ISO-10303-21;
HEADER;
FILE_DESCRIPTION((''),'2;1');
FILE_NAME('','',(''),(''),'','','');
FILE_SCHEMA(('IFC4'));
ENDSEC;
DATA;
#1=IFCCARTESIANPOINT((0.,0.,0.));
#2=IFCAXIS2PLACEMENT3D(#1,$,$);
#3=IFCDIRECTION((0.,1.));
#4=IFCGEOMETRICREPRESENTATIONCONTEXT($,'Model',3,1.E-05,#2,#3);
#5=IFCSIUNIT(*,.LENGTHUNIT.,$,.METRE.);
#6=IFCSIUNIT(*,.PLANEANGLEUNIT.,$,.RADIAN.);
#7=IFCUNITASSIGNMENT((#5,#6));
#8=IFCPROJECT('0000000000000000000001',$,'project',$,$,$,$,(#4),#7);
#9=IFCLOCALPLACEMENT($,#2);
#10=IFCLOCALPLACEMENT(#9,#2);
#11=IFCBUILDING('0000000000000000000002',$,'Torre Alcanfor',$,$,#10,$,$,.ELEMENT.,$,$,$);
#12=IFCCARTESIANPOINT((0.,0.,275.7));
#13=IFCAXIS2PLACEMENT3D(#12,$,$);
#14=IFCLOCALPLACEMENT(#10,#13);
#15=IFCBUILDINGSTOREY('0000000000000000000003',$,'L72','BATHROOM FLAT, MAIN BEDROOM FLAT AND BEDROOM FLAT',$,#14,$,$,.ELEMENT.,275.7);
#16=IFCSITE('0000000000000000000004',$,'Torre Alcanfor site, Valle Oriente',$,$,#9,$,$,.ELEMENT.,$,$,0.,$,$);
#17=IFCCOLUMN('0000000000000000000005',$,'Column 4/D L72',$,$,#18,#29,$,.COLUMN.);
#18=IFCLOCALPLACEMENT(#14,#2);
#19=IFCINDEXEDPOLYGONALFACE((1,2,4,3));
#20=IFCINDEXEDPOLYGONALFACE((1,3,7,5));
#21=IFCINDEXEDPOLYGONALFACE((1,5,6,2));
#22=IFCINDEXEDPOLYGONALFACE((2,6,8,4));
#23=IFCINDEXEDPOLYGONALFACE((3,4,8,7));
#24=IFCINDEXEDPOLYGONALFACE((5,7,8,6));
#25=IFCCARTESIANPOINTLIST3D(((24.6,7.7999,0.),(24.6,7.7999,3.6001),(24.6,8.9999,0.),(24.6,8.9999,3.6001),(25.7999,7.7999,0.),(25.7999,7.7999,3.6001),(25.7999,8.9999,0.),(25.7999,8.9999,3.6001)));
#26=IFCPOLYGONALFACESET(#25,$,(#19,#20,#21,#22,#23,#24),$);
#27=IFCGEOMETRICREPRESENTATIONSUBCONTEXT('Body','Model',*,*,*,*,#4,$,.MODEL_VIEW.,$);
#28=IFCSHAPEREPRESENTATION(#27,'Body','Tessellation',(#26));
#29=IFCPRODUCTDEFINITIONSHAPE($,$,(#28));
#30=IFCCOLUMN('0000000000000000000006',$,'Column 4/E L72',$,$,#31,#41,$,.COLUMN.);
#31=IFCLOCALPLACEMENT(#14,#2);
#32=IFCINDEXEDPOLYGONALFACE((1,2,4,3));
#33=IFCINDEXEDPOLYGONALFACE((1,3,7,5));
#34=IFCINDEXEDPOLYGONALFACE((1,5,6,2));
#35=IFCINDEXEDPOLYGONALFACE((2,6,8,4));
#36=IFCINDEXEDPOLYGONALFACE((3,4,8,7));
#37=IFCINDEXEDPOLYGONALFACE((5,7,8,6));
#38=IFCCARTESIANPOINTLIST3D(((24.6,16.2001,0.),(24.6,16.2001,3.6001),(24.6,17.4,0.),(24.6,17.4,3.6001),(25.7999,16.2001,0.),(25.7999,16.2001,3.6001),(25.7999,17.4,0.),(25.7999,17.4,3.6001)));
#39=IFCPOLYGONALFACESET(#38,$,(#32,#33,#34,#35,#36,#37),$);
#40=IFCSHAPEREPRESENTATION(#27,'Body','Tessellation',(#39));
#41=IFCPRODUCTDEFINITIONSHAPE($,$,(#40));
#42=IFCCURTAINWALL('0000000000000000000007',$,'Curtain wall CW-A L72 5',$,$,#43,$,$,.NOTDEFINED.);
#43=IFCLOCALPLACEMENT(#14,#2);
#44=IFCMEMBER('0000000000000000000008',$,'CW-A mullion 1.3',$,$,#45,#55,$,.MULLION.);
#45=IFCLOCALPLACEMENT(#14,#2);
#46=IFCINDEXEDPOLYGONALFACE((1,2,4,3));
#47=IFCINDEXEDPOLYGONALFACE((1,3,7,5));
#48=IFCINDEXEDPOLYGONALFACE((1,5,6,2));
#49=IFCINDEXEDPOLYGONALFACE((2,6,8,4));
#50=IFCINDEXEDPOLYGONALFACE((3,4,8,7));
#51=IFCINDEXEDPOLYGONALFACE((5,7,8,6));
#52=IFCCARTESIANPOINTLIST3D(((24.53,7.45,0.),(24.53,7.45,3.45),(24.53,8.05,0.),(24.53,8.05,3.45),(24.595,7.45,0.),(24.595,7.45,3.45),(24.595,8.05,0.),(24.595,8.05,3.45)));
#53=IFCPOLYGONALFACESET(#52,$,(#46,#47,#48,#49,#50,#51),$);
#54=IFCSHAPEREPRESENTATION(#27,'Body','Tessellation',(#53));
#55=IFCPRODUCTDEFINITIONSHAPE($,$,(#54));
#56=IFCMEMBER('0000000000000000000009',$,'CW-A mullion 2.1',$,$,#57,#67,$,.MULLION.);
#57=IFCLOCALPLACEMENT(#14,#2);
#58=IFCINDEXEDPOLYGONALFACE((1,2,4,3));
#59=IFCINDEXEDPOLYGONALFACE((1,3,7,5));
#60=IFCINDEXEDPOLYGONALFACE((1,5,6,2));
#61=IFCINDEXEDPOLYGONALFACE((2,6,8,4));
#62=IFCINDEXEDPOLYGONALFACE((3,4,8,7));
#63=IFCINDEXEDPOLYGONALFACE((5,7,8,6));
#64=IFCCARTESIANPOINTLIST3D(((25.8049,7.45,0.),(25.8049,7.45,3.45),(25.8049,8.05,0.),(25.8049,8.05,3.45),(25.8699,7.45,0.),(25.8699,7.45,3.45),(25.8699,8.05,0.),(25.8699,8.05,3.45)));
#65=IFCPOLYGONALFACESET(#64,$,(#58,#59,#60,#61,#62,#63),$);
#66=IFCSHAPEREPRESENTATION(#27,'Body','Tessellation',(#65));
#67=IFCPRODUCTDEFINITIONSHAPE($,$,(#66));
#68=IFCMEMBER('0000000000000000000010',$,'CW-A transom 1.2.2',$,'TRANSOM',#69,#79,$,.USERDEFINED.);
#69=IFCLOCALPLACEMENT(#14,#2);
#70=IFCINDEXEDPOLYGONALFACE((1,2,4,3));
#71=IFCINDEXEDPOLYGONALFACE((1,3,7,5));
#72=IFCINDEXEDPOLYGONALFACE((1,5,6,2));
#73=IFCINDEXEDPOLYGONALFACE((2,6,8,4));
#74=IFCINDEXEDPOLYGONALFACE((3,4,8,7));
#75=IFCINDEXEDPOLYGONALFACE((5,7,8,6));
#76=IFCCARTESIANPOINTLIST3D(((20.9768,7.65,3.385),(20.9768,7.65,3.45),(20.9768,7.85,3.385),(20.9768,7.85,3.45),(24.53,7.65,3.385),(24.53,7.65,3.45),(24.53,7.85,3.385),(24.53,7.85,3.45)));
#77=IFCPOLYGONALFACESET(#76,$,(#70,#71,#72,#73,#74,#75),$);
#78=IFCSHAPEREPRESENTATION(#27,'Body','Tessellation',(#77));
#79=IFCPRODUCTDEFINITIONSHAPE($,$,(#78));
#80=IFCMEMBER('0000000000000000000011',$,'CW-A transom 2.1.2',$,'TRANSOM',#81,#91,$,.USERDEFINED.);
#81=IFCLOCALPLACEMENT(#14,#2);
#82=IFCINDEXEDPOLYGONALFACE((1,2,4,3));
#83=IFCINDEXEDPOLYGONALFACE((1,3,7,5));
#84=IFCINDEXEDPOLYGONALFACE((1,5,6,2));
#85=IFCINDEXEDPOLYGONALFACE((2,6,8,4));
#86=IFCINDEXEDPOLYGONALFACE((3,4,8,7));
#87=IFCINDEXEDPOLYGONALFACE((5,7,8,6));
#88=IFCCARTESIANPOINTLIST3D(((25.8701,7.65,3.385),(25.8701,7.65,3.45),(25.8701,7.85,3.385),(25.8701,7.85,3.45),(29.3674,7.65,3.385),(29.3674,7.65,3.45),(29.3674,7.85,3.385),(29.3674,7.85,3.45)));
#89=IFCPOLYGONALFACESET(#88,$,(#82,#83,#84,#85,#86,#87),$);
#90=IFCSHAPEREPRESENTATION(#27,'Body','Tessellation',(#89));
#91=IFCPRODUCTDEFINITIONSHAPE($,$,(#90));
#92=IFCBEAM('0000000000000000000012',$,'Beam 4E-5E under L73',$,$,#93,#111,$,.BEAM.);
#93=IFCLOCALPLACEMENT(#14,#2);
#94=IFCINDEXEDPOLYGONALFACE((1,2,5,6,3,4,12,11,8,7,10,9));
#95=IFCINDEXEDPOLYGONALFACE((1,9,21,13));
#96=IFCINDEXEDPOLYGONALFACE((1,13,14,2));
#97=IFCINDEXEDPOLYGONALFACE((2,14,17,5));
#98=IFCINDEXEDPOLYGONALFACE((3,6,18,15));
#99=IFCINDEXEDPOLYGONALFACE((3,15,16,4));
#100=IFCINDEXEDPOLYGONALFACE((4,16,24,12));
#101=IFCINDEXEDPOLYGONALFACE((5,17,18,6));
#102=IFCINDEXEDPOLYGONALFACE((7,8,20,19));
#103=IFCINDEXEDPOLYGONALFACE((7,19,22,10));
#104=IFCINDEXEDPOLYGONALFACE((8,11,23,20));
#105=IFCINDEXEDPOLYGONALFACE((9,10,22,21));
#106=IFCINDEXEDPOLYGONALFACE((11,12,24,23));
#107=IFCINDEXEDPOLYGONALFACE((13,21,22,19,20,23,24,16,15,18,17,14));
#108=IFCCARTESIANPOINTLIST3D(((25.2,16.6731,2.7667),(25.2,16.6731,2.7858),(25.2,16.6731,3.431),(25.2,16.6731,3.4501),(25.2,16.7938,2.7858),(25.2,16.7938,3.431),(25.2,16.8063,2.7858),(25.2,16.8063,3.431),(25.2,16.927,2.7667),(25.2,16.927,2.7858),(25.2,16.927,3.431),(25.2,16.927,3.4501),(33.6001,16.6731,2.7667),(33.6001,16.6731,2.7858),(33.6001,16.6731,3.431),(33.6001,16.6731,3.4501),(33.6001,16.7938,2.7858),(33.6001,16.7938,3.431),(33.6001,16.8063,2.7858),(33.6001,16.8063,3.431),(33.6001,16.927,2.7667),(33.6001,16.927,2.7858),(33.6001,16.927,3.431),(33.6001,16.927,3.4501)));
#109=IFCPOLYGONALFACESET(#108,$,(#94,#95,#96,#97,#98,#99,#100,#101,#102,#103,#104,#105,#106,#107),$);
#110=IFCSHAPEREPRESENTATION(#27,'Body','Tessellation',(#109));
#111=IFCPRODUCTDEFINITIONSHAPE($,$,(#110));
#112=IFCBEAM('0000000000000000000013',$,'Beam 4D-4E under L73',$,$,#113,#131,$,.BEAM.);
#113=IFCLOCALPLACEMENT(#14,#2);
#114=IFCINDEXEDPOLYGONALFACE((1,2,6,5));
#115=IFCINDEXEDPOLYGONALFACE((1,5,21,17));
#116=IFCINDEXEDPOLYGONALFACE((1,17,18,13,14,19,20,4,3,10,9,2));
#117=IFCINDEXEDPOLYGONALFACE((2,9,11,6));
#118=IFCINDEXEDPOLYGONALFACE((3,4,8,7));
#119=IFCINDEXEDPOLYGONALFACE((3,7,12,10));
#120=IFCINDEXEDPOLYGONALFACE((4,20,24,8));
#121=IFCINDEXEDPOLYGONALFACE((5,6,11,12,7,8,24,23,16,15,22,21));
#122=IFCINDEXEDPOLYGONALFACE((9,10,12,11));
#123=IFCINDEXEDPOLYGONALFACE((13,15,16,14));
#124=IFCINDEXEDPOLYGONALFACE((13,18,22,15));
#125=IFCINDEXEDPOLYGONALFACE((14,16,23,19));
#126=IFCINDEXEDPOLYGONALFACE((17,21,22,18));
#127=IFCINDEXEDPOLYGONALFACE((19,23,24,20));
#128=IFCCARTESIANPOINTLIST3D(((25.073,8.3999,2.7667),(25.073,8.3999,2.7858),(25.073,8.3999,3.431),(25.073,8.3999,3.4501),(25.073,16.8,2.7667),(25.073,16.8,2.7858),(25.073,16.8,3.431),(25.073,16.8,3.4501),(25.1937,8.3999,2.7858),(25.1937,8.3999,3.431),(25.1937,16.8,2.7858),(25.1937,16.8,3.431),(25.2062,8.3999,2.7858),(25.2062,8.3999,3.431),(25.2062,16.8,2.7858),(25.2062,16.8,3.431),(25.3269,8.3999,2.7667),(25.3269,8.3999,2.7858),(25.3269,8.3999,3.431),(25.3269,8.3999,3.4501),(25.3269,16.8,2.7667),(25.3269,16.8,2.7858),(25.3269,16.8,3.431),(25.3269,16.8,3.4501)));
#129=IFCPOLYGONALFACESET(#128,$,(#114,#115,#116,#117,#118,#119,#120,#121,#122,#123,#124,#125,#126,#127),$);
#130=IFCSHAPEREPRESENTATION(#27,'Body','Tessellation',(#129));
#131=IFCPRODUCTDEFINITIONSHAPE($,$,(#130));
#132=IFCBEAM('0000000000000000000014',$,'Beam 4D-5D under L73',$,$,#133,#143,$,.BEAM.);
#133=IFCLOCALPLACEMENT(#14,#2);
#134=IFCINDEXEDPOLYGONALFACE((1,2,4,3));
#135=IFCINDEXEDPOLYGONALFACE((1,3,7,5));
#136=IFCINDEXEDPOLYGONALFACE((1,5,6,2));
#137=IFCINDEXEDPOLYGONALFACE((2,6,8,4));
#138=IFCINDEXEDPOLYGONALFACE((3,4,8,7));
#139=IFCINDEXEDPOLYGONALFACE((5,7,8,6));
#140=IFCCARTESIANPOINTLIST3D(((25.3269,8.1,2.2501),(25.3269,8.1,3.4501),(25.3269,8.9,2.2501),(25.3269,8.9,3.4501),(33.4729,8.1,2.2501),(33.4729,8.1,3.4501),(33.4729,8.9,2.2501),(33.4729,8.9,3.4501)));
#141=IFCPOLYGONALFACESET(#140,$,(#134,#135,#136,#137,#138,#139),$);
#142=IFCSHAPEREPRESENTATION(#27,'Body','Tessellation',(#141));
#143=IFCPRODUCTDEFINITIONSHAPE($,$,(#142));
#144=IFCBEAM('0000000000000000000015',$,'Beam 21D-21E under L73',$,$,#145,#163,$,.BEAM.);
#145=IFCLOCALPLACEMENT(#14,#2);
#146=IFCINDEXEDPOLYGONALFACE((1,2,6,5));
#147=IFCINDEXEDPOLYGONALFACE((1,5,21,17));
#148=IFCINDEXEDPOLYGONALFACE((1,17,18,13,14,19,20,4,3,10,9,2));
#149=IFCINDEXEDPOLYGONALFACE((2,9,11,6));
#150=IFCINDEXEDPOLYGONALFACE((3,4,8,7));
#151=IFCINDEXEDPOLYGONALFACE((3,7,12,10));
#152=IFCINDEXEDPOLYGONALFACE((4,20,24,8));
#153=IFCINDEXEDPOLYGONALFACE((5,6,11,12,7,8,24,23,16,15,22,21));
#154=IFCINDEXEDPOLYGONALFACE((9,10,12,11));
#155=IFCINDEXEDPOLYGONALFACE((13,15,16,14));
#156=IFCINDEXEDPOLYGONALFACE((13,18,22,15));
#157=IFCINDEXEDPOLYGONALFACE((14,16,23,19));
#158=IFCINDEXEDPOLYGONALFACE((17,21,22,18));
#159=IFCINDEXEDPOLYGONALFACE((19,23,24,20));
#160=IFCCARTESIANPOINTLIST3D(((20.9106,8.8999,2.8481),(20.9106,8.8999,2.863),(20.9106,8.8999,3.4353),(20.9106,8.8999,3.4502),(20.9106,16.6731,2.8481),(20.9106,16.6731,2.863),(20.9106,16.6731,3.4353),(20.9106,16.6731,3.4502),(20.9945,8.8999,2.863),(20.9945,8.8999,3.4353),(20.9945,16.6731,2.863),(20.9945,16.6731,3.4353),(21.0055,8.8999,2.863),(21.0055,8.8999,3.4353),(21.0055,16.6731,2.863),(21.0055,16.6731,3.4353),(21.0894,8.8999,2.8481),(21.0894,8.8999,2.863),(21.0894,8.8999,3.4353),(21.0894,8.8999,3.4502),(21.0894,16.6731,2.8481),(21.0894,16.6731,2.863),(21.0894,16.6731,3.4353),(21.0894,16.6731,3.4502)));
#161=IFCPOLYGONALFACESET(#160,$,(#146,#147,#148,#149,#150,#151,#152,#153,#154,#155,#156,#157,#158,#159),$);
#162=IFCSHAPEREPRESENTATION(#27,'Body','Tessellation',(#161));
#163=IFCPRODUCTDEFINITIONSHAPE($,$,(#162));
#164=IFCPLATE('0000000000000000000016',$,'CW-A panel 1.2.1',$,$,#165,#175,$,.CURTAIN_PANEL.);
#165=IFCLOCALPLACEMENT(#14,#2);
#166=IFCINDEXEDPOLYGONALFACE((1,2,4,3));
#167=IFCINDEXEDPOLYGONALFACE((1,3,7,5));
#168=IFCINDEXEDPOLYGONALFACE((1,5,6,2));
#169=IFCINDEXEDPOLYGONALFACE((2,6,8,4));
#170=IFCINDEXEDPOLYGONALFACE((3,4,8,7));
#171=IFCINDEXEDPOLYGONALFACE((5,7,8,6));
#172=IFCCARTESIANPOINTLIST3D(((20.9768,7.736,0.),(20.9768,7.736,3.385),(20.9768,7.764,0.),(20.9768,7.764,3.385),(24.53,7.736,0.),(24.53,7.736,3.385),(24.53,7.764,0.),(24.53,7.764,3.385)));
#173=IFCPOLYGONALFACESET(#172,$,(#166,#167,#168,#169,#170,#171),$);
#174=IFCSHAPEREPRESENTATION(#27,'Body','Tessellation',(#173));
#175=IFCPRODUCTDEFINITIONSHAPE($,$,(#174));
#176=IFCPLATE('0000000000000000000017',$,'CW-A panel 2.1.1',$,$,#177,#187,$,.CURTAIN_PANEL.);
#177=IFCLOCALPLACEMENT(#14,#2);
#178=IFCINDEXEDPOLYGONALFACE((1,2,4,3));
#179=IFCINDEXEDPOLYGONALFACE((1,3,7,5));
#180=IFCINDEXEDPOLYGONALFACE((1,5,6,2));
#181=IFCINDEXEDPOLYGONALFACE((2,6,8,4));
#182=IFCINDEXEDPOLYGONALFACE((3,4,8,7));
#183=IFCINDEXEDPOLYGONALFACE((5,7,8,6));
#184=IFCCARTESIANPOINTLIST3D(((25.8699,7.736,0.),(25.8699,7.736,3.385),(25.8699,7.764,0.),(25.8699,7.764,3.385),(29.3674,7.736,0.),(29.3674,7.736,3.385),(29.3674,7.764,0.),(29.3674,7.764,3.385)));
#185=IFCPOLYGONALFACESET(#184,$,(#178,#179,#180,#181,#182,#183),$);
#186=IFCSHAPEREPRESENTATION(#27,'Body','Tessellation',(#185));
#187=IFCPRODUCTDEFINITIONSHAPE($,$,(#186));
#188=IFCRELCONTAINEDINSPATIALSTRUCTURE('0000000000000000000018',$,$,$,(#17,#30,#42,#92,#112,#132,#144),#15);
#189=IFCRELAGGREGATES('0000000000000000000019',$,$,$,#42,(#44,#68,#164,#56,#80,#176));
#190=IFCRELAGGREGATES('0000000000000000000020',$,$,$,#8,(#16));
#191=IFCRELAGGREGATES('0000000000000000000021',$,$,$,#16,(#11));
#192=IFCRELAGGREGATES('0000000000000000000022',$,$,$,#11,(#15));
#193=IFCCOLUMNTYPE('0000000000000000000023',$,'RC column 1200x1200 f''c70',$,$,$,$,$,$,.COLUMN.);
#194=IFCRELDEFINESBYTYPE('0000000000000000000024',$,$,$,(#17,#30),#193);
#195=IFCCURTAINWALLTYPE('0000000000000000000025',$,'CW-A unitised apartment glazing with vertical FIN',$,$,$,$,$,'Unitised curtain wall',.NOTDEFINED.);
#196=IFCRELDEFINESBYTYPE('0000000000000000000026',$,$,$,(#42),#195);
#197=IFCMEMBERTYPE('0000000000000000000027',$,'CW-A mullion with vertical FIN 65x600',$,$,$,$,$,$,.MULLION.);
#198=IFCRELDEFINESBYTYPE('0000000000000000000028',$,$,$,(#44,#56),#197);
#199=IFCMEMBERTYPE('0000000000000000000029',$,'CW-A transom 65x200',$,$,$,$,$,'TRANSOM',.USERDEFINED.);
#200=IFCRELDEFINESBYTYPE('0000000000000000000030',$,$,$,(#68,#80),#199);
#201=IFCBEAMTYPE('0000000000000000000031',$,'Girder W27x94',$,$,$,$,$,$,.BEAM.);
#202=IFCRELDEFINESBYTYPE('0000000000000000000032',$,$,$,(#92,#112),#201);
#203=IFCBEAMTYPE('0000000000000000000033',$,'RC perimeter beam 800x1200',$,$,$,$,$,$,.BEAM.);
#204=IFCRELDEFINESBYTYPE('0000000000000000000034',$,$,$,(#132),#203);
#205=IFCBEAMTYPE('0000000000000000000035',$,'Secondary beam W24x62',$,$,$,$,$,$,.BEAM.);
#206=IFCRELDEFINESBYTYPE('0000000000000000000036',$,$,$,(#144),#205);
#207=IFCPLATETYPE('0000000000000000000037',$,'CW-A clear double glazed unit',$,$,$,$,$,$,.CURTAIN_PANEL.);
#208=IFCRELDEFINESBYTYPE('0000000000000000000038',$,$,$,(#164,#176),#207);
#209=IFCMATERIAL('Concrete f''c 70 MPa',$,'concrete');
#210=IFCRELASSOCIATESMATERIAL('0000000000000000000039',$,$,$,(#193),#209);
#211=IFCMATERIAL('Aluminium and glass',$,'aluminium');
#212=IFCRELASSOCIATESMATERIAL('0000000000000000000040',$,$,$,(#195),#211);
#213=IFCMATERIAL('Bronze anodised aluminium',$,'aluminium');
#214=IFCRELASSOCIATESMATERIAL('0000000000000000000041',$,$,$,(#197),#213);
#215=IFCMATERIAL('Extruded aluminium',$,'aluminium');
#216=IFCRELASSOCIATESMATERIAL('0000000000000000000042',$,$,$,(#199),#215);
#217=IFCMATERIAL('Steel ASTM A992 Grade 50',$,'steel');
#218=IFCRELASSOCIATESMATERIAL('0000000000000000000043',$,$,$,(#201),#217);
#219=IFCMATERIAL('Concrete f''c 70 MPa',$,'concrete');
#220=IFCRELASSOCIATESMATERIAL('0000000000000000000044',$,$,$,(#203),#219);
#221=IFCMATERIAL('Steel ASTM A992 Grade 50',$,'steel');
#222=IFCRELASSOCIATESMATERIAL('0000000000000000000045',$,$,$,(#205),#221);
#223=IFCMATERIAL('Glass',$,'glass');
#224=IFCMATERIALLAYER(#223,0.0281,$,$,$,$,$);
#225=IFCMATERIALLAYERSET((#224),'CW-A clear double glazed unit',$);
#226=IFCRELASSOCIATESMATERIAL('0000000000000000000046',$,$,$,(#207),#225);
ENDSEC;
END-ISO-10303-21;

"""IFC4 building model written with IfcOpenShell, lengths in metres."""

from ifc_helpers import new_model, si_unit, direction, frame, origin, origin_2d, place, context, subcontext, project, spatial, rectangle, i_section, extrude, material, layer, layer_set, material_profile, profile_set, type_object, element, aggregate, save


model = new_model("IFC4")

# Units and contexts
model_context = context("Model", 3, precision=1e-05, world=origin(), true_north=direction((0.0, 1.0)))
body_context = subcontext(model_context, "Body", "Model", "MODEL_VIEW")
ifc_project = project(units=[si_unit("LENGTHUNIT", "METRE"), si_unit("PLANEANGLEUNIT", "RADIAN")], contexts=[model_context])

# Site, building, storey
site_placement = place(None, origin())
site = spatial("IfcSite", under=ifc_project, at=site_placement, Name="Torre Alcanfor site, Valle Oriente", CompositionType="ELEMENT", RefElevation=0.0)
building_placement = place(site_placement, origin())
building = spatial("IfcBuilding", under=site, at=building_placement, Name="Torre Alcanfor", CompositionType="ELEMENT")
storey_placement = place(building_placement, frame((0.0, 0.0, 275.7)))
storey = spatial("IfcBuildingStorey", under=building, at=storey_placement, Name="L72", Description="BATHROOM FLAT, MAIN BEDROOM FLAT AND BEDROOM FLAT", CompositionType="ELEMENT", Elevation=275.7)

# Columns
ifc_material_1 = material(Name="Concrete f'c 70 MPa", Category="concrete")
ifc_material_profile_1 = material_profile(ifc_material_1, rectangle(XDim=1.2, YDim=1.2, at=origin_2d()), Name="1200x1200")
ifc_profile_set_1 = profile_set([ifc_material_profile_1], Name="Concrete f'c 70 MPa")
column_type = type_object("IfcColumnType", Name="RC column 1200x1200 f'c70", PredefinedType="COLUMN", material=ifc_profile_set_1)
for number, where, z_axis, x_axis, name in (
    (1, (25.2, 8.3999, 0.0), (0.0, 0.0, 1.0), (1.0, 0.0, 0.0), "Column 4/D L72"),
    (2, (25.2, 16.8, 0.0), (0.0, 0.0, 1.0), (1.0, 0.0, 0.0), "Column 4/E L72"),
):
    element("IfcColumn", number, at=place(storey_placement, frame(where, z_axis=z_axis, x_axis=x_axis)), inside=storey, type_object=column_type, Name=name, PredefinedType="COLUMN", context=body_context, shape_type="SweptSolid", body=[
        extrude(rectangle(XDim=1.2, YDim=1.2, at=origin_2d()), origin(), (0.0, 0.0, 1.0), 3.6001),
    ])

# Curtain wall, members
ifc_material_2 = material(Name="Aluminium and glass", Category="aluminium")
curtain_wall_type = type_object("IfcCurtainWallType", Name="CW-A unitised apartment glazing with vertical FIN", ElementType="Unitised curtain wall", PredefinedType="NOTDEFINED", material=ifc_material_2)
curtain_wall_placement = place(storey_placement, origin())
curtain_wall = element("IfcCurtainWall", 3, at=curtain_wall_placement, inside=storey, type_object=curtain_wall_type, Name="Curtain wall CW-A L72 5", PredefinedType="NOTDEFINED")
ifc_material_3 = material(Name="Bronze anodised aluminium", Category="aluminium")
ifc_material_profile_2 = material_profile(ifc_material_3, rectangle(XDim=0.6001, YDim=0.0649, at=origin_2d()), Name="CW-A mullion 65x600")
ifc_profile_set_2 = profile_set([ifc_material_profile_2], Name="Bronze anodised aluminium")
member_type_1 = type_object("IfcMemberType", Name="CW-A mullion with vertical FIN 65x600", PredefinedType="MULLION", material=ifc_profile_set_2)
member_1_placement = place(storey_placement, frame((24.5625, 7.75, 0.0), z_axis=(0.0, 0.0, 1.0), x_axis=(0.0, 1.0, 0.0)))
member_1 = element("IfcMember", 4, at=member_1_placement, type_object=member_type_1, Name="CW-A mullion 1.3", PredefinedType="MULLION", context=body_context, shape_type="SweptSolid", body=[
    extrude(rectangle(XDim=0.6001, YDim=0.0649, at=origin_2d()), origin(), (0.0, 0.0, 1.0), 3.45),
])
member_2_placement = place(storey_placement, frame((25.8374, 7.75, 0.0), z_axis=(0.0, 0.0, 1.0), x_axis=(0.0, 1.0, 0.0)))
member_2 = element("IfcMember", 5, at=member_2_placement, type_object=member_type_1, Name="CW-A mullion 2.1", PredefinedType="MULLION", context=body_context, shape_type="SweptSolid", body=[
    extrude(rectangle(XDim=0.6001, YDim=0.0649, at=origin_2d()), origin(), (0.0, 0.0, 1.0), 3.45),
])
ifc_material_4 = material(Name="Extruded aluminium", Category="aluminium")
ifc_material_profile_3 = material_profile(ifc_material_4, rectangle(XDim=0.2, YDim=0.0649, at=origin_2d()), Name="CW-A transom 200x65")
ifc_profile_set_3 = profile_set([ifc_material_profile_3], Name="Extruded aluminium")
member_type_2 = type_object("IfcMemberType", Name="CW-A transom 65x200", ElementType="TRANSOM", PredefinedType="USERDEFINED", material=ifc_profile_set_3)
member_3_placement = place(storey_placement, frame((20.9768, 7.75, 3.4175), z_axis=(1.0, 0.0, 0.0), x_axis=(0.0, 1.0, 0.0)))
member_3 = element("IfcMember", 6, at=member_3_placement, type_object=member_type_2, Name="CW-A transom 1.2.2", ObjectType="TRANSOM", PredefinedType="USERDEFINED", context=body_context, shape_type="SweptSolid", body=[
    extrude(rectangle(XDim=0.2, YDim=0.0649, at=origin_2d()), origin(), (0.0, 0.0, 1.0), 3.5532),
])
member_4_placement = place(storey_placement, frame((25.8701, 7.75, 3.4175), z_axis=(1.0, 0.0, 0.0), x_axis=(0.0, 1.0, 0.0)))
member_4 = element("IfcMember", 7, at=member_4_placement, type_object=member_type_2, Name="CW-A transom 2.1.2", ObjectType="TRANSOM", PredefinedType="USERDEFINED", context=body_context, shape_type="SweptSolid", body=[
    extrude(rectangle(XDim=0.2, YDim=0.0649, at=origin_2d()), origin(), (0.0, 0.0, 1.0), 3.4973),
])

# Beams
ifc_material_5 = material(Name="Steel ASTM A992 Grade 50", Category="steel")
ifc_material_profile_4 = material_profile(ifc_material_5, i_section(OverallWidth=0.2539, OverallDepth=0.6833, WebThickness=0.0125, FlangeThickness=0.019, at=origin_2d()), Name="W27x94")
ifc_profile_set_4 = profile_set([ifc_material_profile_4], Name="Steel ASTM A992 Grade 50")
beam_type_1 = type_object("IfcBeamType", Name="Girder W27x94", PredefinedType="BEAM", material=ifc_profile_set_4)
for number, where, z_axis, x_axis, name in (
    (8, (25.2, 16.8, 3.1084), (1.0, 0.0, 0.0), (0.0, 1.0, 0.0), "Beam 4E-5E under L73"),
    (9, (25.2, 8.3999, 3.1084), (0.0, 1.0, 0.0), (-1.0, 0.0, 0.0), "Beam 4D-4E under L73"),
):
    element("IfcBeam", number, at=place(storey_placement, frame(where, z_axis=z_axis, x_axis=x_axis)), inside=storey, type_object=beam_type_1, Name=name, PredefinedType="BEAM", context=body_context, shape_type="SweptSolid", body=[
        extrude(i_section(OverallWidth=0.2539, OverallDepth=0.6833, WebThickness=0.0125, FlangeThickness=0.019, at=origin_2d()), origin(), (0.0, 0.0, 1.0), 8.4001),
    ])
ifc_material_6 = material(Name="Concrete f'c 70 MPa", Category="concrete")
ifc_material_profile_5 = material_profile(ifc_material_6, rectangle(XDim=0.8, YDim=1.2, at=origin_2d()), Name="800x1200")
ifc_profile_set_5 = profile_set([ifc_material_profile_5], Name="Concrete f'c 70 MPa")
beam_type_2 = type_object("IfcBeamType", Name="RC perimeter beam 800x1200", PredefinedType="BEAM", material=ifc_profile_set_5)
beam_1_placement = place(storey_placement, frame((25.3269, 8.5, 2.8501), z_axis=(1.0, 0.0, 0.0), x_axis=(0.0, 1.0, 0.0)))
element("IfcBeam", 10, at=beam_1_placement, inside=storey, type_object=beam_type_2, Name="Beam 4D-5D under L73", PredefinedType="BEAM", context=body_context, shape_type="SweptSolid", body=[
    extrude(rectangle(XDim=0.8, YDim=1.2, at=origin_2d()), origin(), (0.0, 0.0, 1.0), 8.146),
])
ifc_material_7 = material(Name="Steel ASTM A992 Grade 50", Category="steel")
ifc_material_profile_6 = material_profile(ifc_material_7, i_section(OverallWidth=0.1787, OverallDepth=0.6021, WebThickness=0.011, FlangeThickness=0.0149, at=origin_2d()), Name="W24x62")
ifc_profile_set_6 = profile_set([ifc_material_profile_6], Name="Steel ASTM A992 Grade 50")
beam_type_3 = type_object("IfcBeamType", Name="Secondary beam W24x62", PredefinedType="BEAM", material=ifc_profile_set_6)
beam_2_placement = place(storey_placement, frame((21.0, 8.8999, 3.1492), z_axis=(0.0, 1.0, 0.0), x_axis=(-1.0, 0.0, 0.0)))
element("IfcBeam", 11, at=beam_2_placement, inside=storey, type_object=beam_type_3, Name="Beam 21D-21E under L73", PredefinedType="BEAM", context=body_context, shape_type="SweptSolid", body=[
    extrude(i_section(OverallWidth=0.1787, OverallDepth=0.6021, WebThickness=0.011, FlangeThickness=0.0149, at=origin_2d()), origin(), (0.0, 0.0, 1.0), 7.7732),
])

# Plates
ifc_material_8 = material(Name="Glass", Category="glass")
ifc_layer_1 = layer(ifc_material_8, 0.0281)
ifc_layer_set_1 = layer_set([ifc_layer_1], Name="CW-A clear double glazed unit")
plate_type = type_object("IfcPlateType", Name="CW-A clear double glazed unit", PredefinedType="CURTAIN_PANEL", material=ifc_layer_set_1)
plate_1_placement = place(storey_placement, frame((22.7534, 7.75, 0.0), z_axis=(0.0, 0.0, 1.0), x_axis=(1.0, 0.0, 0.0)))
plate_1 = element("IfcPlate", 12, at=plate_1_placement, type_object=plate_type, Name="CW-A panel 1.2.1", PredefinedType="CURTAIN_PANEL", context=body_context, shape_type="SweptSolid", body=[
    extrude(rectangle(XDim=3.5532, YDim=0.0281, at=origin_2d()), origin(), (0.0, 0.0, 1.0), 3.385),
])
plate_2_placement = place(storey_placement, frame((27.6187, 7.75, 0.0), z_axis=(0.0, 0.0, 1.0), x_axis=(1.0, 0.0, 0.0)))
plate_2 = element("IfcPlate", 13, at=plate_2_placement, type_object=plate_type, Name="CW-A panel 2.1.1", PredefinedType="CURTAIN_PANEL", context=body_context, shape_type="SweptSolid", body=[
    extrude(rectangle(XDim=3.4976, YDim=0.0281, at=origin_2d()), origin(), (0.0, 0.0, 1.0), 3.385),
])
aggregate(curtain_wall, [member_1, member_3, plate_1, member_2, member_4, plate_2])

save(model, "model.ifc")
